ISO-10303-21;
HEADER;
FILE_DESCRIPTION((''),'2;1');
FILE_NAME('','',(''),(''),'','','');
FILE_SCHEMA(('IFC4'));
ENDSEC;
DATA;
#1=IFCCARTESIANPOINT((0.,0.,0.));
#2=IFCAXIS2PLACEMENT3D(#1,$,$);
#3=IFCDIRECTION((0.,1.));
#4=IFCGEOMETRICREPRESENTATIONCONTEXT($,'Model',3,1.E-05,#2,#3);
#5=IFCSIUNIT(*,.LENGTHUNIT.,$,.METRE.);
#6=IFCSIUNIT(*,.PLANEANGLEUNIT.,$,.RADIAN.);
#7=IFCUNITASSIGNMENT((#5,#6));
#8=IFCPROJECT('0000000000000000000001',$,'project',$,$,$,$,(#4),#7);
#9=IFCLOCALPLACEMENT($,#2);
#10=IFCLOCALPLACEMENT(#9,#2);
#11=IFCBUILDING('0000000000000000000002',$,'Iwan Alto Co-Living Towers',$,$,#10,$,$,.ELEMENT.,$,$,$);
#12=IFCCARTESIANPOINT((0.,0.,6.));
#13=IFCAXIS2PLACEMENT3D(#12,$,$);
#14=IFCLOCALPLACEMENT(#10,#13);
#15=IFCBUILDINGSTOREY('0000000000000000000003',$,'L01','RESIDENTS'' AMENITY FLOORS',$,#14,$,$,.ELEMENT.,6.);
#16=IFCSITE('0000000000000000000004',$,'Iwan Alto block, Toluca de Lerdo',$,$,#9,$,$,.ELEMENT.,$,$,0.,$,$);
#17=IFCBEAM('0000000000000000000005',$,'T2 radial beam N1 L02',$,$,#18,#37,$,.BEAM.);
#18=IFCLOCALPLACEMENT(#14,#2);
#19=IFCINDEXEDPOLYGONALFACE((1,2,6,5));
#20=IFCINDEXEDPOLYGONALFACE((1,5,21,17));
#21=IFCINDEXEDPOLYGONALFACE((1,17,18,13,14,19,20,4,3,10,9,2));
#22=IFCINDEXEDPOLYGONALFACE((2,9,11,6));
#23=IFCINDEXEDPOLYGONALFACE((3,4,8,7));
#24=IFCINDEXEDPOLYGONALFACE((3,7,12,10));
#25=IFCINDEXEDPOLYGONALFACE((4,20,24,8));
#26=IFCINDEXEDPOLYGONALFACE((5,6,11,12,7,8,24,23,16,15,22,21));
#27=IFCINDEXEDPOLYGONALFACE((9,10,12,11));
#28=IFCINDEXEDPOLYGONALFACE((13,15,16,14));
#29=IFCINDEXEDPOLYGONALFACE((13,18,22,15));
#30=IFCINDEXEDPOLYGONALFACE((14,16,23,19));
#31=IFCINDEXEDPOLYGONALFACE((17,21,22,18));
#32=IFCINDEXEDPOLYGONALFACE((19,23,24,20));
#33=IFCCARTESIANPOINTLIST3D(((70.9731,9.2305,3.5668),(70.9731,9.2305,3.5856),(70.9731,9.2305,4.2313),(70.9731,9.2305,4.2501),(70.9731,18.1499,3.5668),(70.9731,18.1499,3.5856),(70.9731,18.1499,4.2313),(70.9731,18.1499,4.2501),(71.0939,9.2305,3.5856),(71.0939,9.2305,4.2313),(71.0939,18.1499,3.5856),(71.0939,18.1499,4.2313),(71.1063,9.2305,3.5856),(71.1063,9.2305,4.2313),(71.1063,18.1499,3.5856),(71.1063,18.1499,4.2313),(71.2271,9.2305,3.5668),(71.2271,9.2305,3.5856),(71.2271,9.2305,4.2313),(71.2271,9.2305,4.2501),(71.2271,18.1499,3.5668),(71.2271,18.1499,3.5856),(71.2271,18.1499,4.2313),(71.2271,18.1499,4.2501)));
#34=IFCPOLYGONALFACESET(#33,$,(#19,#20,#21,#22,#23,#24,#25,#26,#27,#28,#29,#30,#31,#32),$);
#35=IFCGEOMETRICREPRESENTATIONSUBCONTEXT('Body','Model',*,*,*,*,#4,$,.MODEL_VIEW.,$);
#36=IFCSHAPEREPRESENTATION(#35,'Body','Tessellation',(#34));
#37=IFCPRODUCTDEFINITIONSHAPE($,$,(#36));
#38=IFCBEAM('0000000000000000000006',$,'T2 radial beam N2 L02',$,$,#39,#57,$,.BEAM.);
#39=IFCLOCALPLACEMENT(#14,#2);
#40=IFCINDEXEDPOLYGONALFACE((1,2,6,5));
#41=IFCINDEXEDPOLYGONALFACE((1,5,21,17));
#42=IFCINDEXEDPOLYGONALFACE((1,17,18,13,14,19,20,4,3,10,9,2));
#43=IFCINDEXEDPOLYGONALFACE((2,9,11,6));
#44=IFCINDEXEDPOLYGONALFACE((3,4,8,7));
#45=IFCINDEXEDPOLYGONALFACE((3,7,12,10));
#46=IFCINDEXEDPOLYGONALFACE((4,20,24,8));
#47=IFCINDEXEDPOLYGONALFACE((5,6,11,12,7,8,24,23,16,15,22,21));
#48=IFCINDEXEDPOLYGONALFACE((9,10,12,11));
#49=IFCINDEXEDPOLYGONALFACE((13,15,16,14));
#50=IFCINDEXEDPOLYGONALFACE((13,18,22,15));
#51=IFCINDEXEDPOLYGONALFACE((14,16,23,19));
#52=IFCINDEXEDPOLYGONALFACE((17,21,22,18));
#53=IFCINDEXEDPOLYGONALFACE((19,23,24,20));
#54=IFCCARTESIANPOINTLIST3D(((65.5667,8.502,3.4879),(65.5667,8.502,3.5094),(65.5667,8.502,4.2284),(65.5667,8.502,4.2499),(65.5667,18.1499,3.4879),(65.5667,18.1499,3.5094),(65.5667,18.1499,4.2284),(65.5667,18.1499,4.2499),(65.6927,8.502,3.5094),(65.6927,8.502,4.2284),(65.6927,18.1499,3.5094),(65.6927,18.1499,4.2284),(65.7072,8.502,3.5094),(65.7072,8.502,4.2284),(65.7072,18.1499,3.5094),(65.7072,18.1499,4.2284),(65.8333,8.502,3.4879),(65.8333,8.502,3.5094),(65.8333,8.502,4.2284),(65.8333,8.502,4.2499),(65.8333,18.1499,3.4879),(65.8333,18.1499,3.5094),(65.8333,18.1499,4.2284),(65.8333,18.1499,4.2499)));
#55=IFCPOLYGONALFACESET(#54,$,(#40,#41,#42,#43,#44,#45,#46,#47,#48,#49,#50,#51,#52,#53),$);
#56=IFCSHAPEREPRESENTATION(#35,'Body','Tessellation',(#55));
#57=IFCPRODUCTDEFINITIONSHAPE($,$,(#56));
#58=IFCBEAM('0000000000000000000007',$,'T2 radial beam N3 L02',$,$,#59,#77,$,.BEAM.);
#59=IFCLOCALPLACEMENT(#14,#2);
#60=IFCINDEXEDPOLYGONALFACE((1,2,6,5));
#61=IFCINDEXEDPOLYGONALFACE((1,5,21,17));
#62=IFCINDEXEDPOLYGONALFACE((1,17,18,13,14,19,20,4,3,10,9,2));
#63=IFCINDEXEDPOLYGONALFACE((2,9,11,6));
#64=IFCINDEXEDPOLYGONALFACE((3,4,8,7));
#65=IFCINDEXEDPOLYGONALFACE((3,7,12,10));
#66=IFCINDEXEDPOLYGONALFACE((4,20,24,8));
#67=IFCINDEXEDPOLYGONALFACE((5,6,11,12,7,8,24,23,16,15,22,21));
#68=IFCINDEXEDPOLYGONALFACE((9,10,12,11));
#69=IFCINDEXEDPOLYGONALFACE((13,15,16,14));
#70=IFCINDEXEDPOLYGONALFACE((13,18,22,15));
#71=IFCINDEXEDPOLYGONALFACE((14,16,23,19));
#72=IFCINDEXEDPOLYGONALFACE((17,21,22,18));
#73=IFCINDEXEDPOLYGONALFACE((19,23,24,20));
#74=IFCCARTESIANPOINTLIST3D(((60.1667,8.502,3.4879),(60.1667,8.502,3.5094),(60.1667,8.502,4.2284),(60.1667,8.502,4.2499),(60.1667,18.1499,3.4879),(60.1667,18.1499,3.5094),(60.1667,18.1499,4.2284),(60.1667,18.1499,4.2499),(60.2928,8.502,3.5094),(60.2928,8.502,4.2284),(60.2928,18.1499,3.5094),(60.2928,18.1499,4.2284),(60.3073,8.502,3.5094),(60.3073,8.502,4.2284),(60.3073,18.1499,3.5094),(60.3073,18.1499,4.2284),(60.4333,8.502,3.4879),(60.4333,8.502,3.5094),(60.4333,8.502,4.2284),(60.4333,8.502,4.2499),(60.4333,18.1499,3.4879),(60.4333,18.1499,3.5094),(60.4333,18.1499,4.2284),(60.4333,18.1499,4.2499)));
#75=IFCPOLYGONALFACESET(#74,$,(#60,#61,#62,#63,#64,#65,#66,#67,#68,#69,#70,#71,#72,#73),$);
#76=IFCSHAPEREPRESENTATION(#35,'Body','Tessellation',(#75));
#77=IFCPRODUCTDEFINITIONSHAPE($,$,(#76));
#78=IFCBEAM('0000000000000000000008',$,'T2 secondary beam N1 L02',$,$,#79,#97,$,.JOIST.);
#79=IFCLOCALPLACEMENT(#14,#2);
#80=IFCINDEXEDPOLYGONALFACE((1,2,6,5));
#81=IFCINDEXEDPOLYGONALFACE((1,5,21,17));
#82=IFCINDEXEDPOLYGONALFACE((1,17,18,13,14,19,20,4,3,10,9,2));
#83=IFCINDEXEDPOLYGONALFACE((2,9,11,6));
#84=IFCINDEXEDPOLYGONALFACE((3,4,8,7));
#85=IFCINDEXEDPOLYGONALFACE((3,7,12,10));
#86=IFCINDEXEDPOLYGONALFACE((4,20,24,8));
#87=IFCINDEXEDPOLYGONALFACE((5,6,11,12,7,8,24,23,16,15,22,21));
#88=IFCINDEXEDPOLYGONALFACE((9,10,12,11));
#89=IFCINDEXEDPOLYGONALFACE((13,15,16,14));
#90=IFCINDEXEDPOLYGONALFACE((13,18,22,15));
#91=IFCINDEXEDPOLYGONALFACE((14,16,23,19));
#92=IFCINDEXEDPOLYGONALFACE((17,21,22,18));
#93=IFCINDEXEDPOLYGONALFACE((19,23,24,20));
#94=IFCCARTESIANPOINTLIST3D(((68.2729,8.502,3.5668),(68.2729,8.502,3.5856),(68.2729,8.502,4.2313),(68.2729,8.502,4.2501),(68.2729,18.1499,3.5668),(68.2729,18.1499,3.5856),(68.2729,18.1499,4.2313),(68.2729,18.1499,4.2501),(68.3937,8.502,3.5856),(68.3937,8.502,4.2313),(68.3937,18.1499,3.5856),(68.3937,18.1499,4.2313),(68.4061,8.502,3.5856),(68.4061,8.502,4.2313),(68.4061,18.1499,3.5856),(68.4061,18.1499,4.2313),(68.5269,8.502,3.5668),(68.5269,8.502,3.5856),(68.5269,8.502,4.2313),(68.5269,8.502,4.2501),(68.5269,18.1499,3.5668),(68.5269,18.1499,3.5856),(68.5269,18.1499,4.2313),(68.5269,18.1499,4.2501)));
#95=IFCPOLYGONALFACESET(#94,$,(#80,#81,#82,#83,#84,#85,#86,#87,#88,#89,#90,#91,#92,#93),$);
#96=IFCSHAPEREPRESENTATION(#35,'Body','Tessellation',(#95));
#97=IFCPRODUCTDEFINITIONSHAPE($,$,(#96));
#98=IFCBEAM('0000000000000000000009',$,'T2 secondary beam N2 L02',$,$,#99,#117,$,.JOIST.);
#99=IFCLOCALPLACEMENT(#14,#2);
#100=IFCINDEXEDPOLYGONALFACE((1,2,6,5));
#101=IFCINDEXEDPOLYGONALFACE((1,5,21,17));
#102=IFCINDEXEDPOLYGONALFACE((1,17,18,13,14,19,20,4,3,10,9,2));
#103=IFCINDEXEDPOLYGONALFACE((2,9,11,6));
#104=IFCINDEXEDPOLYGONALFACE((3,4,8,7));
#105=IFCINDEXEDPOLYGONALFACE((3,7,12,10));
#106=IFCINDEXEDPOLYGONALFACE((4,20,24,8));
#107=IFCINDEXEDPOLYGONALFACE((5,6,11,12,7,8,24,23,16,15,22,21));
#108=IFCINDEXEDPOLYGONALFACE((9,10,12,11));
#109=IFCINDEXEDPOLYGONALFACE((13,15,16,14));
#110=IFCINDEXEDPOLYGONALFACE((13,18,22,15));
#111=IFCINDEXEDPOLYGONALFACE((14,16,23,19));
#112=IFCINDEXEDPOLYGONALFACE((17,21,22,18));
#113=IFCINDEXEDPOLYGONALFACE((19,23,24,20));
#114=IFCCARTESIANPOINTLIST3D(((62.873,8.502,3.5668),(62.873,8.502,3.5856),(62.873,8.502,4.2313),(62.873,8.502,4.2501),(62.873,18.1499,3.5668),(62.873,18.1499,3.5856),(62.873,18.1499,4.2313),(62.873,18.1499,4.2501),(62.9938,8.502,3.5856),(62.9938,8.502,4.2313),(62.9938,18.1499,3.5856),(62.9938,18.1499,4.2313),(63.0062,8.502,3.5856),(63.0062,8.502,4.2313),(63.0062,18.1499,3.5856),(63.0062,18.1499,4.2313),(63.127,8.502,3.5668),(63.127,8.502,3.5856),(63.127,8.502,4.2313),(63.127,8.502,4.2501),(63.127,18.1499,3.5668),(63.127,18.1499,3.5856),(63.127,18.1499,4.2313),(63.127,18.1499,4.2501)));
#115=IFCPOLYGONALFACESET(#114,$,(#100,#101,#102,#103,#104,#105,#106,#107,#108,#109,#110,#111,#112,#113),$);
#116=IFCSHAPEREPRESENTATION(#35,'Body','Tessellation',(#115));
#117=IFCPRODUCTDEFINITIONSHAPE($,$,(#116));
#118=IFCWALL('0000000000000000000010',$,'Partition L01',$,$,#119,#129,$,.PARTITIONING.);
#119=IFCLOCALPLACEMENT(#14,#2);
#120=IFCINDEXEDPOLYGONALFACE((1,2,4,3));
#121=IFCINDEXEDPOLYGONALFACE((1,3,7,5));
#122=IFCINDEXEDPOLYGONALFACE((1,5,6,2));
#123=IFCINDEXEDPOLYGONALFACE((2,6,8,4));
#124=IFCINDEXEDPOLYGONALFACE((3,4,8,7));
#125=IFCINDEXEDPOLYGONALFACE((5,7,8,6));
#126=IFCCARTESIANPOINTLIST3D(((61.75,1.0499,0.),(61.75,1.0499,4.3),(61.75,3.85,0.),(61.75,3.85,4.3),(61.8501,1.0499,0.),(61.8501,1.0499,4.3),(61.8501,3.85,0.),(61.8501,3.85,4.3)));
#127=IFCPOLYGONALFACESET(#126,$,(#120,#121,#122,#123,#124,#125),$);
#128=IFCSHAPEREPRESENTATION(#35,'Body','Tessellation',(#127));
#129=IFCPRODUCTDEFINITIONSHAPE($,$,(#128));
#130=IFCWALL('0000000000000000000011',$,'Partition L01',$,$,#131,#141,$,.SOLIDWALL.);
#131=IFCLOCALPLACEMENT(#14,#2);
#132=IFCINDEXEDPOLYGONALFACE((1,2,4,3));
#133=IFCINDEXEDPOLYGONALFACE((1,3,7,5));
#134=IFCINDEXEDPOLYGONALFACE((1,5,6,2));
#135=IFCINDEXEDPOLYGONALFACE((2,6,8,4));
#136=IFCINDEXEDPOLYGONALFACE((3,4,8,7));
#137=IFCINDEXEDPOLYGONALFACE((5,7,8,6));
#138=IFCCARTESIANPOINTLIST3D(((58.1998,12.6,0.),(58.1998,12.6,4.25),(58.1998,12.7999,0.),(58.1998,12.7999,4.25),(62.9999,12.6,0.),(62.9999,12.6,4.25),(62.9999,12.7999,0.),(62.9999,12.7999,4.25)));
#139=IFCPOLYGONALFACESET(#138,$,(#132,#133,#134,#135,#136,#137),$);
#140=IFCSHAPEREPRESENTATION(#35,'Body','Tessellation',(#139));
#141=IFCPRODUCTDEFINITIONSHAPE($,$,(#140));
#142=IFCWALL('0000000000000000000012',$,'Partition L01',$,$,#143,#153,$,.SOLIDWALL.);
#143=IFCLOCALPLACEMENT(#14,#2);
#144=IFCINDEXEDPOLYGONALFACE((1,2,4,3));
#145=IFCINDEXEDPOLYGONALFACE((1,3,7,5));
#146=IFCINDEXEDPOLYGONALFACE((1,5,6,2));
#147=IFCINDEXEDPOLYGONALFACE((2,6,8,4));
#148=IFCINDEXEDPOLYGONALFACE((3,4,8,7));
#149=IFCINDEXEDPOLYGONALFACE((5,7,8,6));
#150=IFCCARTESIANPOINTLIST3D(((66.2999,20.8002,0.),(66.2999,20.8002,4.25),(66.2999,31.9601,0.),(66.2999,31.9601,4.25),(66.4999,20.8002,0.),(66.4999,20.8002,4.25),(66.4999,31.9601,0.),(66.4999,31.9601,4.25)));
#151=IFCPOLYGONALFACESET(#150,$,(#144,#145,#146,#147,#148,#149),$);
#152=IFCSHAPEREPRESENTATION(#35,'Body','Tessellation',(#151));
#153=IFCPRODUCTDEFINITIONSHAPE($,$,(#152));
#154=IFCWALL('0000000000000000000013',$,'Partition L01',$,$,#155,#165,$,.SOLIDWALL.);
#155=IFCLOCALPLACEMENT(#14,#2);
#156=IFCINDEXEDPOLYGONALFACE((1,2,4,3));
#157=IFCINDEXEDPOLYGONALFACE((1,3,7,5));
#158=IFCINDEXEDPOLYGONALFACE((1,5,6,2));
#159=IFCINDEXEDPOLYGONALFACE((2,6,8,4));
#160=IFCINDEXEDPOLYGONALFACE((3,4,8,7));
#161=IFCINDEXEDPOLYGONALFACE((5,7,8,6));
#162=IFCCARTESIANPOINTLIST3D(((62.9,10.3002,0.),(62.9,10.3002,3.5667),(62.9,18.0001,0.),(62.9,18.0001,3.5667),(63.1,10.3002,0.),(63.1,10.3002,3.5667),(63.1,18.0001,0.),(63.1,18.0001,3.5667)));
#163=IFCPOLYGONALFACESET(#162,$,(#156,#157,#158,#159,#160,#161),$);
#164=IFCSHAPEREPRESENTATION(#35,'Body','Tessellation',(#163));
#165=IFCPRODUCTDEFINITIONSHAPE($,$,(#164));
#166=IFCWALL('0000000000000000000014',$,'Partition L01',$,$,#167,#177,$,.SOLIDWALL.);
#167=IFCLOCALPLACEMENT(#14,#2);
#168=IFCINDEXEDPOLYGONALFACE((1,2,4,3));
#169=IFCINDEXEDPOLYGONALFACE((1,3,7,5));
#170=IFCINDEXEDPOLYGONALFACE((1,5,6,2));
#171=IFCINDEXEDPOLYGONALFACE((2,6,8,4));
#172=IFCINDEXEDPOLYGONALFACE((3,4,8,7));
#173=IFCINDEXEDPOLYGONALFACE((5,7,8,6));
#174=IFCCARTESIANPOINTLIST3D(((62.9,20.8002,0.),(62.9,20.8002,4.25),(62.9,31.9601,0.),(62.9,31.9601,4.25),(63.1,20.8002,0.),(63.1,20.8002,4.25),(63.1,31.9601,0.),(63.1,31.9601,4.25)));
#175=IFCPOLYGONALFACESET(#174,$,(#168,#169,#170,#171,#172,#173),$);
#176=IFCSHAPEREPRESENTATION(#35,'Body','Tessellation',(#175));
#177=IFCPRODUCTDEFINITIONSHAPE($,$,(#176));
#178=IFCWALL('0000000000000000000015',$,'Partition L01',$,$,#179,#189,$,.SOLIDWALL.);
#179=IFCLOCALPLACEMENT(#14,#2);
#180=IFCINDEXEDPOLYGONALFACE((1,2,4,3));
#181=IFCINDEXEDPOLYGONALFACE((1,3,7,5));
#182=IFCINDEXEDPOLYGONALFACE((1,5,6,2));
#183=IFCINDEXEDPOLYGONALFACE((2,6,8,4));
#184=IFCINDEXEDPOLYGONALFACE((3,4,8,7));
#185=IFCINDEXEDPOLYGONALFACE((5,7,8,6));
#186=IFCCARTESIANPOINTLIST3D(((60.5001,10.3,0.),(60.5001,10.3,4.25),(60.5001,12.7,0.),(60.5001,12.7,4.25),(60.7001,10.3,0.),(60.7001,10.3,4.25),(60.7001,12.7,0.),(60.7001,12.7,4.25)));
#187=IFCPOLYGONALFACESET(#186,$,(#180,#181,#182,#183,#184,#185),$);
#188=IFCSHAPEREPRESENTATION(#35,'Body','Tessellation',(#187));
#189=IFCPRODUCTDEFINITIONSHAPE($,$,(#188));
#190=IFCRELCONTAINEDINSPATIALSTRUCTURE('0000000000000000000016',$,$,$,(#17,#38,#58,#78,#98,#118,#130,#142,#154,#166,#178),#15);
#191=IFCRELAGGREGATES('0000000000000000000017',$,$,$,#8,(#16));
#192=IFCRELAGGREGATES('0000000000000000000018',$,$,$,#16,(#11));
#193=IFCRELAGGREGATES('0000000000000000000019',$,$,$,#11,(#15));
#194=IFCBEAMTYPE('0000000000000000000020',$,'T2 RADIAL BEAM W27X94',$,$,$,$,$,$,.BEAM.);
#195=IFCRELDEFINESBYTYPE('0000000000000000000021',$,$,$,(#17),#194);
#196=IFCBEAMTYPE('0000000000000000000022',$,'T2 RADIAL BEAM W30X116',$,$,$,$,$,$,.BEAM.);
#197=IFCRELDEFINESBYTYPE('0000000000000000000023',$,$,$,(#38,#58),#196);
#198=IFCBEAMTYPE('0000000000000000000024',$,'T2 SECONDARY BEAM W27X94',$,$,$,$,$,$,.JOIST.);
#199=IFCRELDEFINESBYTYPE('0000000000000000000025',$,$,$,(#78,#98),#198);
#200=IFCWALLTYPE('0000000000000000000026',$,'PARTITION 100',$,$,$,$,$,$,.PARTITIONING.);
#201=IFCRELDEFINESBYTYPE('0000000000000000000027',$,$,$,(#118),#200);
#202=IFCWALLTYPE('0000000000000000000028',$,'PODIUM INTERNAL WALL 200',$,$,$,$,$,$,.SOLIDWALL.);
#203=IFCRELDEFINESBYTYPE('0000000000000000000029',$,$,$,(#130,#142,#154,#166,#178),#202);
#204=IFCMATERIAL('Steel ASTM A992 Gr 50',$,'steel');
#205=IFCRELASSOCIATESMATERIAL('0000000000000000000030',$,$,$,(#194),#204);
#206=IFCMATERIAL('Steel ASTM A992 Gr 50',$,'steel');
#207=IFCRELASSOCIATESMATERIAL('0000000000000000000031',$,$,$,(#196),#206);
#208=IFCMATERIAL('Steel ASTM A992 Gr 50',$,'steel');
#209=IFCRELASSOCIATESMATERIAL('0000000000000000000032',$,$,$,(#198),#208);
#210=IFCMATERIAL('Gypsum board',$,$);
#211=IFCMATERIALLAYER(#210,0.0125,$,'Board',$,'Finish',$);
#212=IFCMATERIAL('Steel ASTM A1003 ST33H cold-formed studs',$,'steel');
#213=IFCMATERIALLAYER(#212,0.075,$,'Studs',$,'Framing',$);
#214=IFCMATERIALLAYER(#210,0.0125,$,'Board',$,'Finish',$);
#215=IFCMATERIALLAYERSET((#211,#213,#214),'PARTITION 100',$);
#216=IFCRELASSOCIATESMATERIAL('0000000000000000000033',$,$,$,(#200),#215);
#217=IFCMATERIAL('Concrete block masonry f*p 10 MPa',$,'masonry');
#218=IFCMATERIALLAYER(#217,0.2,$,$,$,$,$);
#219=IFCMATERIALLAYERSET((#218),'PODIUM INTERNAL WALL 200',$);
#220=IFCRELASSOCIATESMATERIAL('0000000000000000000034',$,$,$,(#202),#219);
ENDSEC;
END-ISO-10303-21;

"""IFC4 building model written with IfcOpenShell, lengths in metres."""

from ifc_helpers import new_model, si_unit, direction, frame, frame_2d, origin, origin_2d, place, context, subcontext, project, spatial, rectangle, i_section, extrude, material, layer, layer_set, material_profile, profile_set, type_object, element, save


model = new_model("IFC4")

# Units and contexts
model_context = context("Model", 3, precision=1e-05, world=origin(), true_north=direction((0.0, 1.0)))
body_context = subcontext(model_context, "Body", "Model", "MODEL_VIEW")
ifc_project = project(units=[si_unit("LENGTHUNIT", "METRE"), si_unit("PLANEANGLEUNIT", "RADIAN")], contexts=[model_context])

# Site, building, storey
site_placement = place(None, origin())
site = spatial("IfcSite", under=ifc_project, at=site_placement, Name="Iwan Alto block, Toluca de Lerdo", CompositionType="ELEMENT", RefElevation=0.0)
building_placement = place(site_placement, origin())
building = spatial("IfcBuilding", under=site, at=building_placement, Name="Iwan Alto Co-Living Towers", CompositionType="ELEMENT")
storey_placement = place(building_placement, frame((0.0, 0.0, 6.0)))
storey = spatial("IfcBuildingStorey", under=building, at=storey_placement, Name="L01", Description="RESIDENTS' AMENITY FLOORS", CompositionType="ELEMENT", Elevation=6.0)

# Beams
ifc_material_1 = material(Name="Steel ASTM A992 Gr 50", Category="steel")
ifc_material_profile_1 = material_profile(ifc_material_1, i_section(OverallWidth=0.2539, OverallDepth=0.6833, WebThickness=0.0125, FlangeThickness=0.0188, at=origin_2d()), Name="W27X94")
ifc_profile_set_1 = profile_set([ifc_material_profile_1], Name="Steel ASTM A992 Gr 50")
beam_type_1 = type_object("IfcBeamType", Name="T2 RADIAL BEAM W27X94", PredefinedType="BEAM", material=ifc_profile_set_1)
beam_1_placement = place(storey_placement, frame((71.1001, 18.1499, 3.9084), z_axis=(0.0, -1.0, 0.0), x_axis=(1.0, 0.0, 0.0)))
element("IfcBeam", 1, at=beam_1_placement, inside=storey, type_object=beam_type_1, Name="T2 radial beam N1 L02", PredefinedType="BEAM", context=body_context, shape_type="SweptSolid", body=[
    extrude(i_section(OverallWidth=0.2539, OverallDepth=0.6833, WebThickness=0.0125, FlangeThickness=0.0188, at=origin_2d()), origin(), (0.0, 0.0, 1.0), 8.9194),
])
ifc_material_2 = material(Name="Steel ASTM A992 Gr 50", Category="steel")
ifc_material_profile_2 = material_profile(ifc_material_2, i_section(OverallWidth=0.2666, OverallDepth=0.762, WebThickness=0.0144, FlangeThickness=0.0215, at=origin_2d()), Name="W30X116")
ifc_profile_set_2 = profile_set([ifc_material_profile_2], Name="Steel ASTM A992 Gr 50")
beam_type_2 = type_object("IfcBeamType", Name="T2 RADIAL BEAM W30X116", PredefinedType="BEAM", material=ifc_profile_set_2)
for number, where, z_axis, x_axis, name in (
    (2, (65.7, 18.1499, 3.8689), (0.0, -1.0, 0.0), (1.0, 0.0, 0.0), "T2 radial beam N2 L02"),
    (3, (60.3, 18.1499, 3.8689), (0.0, -1.0, 0.0), (1.0, 0.0, 0.0), "T2 radial beam N3 L02"),
):
    element("IfcBeam", number, at=place(storey_placement, frame(where, z_axis=z_axis, x_axis=x_axis)), inside=storey, type_object=beam_type_2, Name=name, PredefinedType="BEAM", context=body_context, shape_type="SweptSolid", body=[
        extrude(i_section(OverallWidth=0.2666, OverallDepth=0.762, WebThickness=0.0144, FlangeThickness=0.0215, at=origin_2d()), origin(), (0.0, 0.0, 1.0), 9.6479),
    ])
ifc_material_3 = material(Name="Steel ASTM A992 Gr 50", Category="steel")
ifc_material_profile_3 = material_profile(ifc_material_3, i_section(OverallWidth=0.2539, OverallDepth=0.6833, WebThickness=0.0125, FlangeThickness=0.0188, at=origin_2d()), Name="W27X94")
ifc_profile_set_3 = profile_set([ifc_material_profile_3], Name="Steel ASTM A992 Gr 50")
beam_type_3 = type_object("IfcBeamType", Name="T2 SECONDARY BEAM W27X94", PredefinedType="JOIST", material=ifc_profile_set_3)
for number, where, z_axis, x_axis, name in (
    (4, (68.3999, 18.1499, 3.9084), (0.0, -1.0, 0.0), (1.0, 0.0, 0.0), "T2 secondary beam N1 L02"),
    (5, (63.0, 18.1499, 3.9084), (0.0, -1.0, 0.0), (1.0, 0.0, 0.0), "T2 secondary beam N2 L02"),
):
    element("IfcBeam", number, at=place(storey_placement, frame(where, z_axis=z_axis, x_axis=x_axis)), inside=storey, type_object=beam_type_3, Name=name, PredefinedType="JOIST", context=body_context, shape_type="SweptSolid", body=[
        extrude(i_section(OverallWidth=0.2539, OverallDepth=0.6833, WebThickness=0.0125, FlangeThickness=0.0188, at=origin_2d()), origin(), (0.0, 0.0, 1.0), 9.6479),
    ])

# Walls
ifc_material_4 = material(Name="Gypsum board")
ifc_layer_1 = layer(ifc_material_4, 0.0125, Name="Board", Category="Finish")
ifc_material_5 = material(Name="Steel ASTM A1003 ST33H cold-formed studs", Category="steel")
ifc_layer_2 = layer(ifc_material_5, 0.075, Name="Studs", Category="Framing")
ifc_layer_3 = layer(ifc_material_4, 0.0125, Name="Board", Category="Finish")
ifc_layer_set_1 = layer_set([ifc_layer_1, ifc_layer_2, ifc_layer_3], Name="PARTITION 100")
wall_type_1 = type_object("IfcWallType", Name="PARTITION 100", PredefinedType="PARTITIONING", material=ifc_layer_set_1)
wall_1_placement = place(storey_placement, frame((61.8, 1.05, 0.0), z_axis=(0.0, 0.0, 1.0), x_axis=(0.0, 1.0, 0.0)))
element("IfcWall", 6, at=wall_1_placement, inside=storey, type_object=wall_type_1, Name="Partition L01", PredefinedType="PARTITIONING", context=body_context, shape_type="SweptSolid", body=[
    extrude(rectangle(XDim=2.8, YDim=0.1001, at=frame_2d((1.3999, 0.0))), origin(), (0.0, 0.0, 1.0), 4.3),
])
ifc_material_6 = material(Name="Concrete block masonry f*p 10 MPa", Category="masonry")
ifc_layer_4 = layer(ifc_material_6, 0.2)
ifc_layer_set_2 = layer_set([ifc_layer_4], Name="PODIUM INTERNAL WALL 200")
wall_type_2 = type_object("IfcWallType", Name="PODIUM INTERNAL WALL 200", PredefinedType="SOLIDWALL", material=ifc_layer_set_2)
wall_2_placement = place(storey_placement, frame((58.2, 12.7, 0.0), z_axis=(0.0, 0.0, 1.0), x_axis=(1.0, 0.0, 0.0)))
element("IfcWall", 7, at=wall_2_placement, inside=storey, type_object=wall_type_2, Name="Partition L01", PredefinedType="SOLIDWALL", context=body_context, shape_type="SweptSolid", body=[
    extrude(rectangle(XDim=4.8, YDim=0.2, at=frame_2d((2.3999, 0.0))), origin(), (0.0, 0.0, 1.0), 4.25),
])
wall_3_placement = place(storey_placement, frame((66.3999, 20.8, 0.0), z_axis=(0.0, 0.0, 1.0), x_axis=(0.0, 1.0, 0.0)))
element("IfcWall", 8, at=wall_3_placement, inside=storey, type_object=wall_type_2, Name="Partition L01", PredefinedType="SOLIDWALL", context=body_context, shape_type="SweptSolid", body=[
    extrude(rectangle(XDim=11.1599, YDim=0.2, at=frame_2d((5.5801, 0.0))), origin(), (0.0, 0.0, 1.0), 4.25),
])
wall_4_placement = place(storey_placement, frame((63.0, 10.3, 0.0), z_axis=(0.0, 0.0, 1.0), x_axis=(0.0, 1.0, 0.0)))
element("IfcWall", 9, at=wall_4_placement, inside=storey, type_object=wall_type_2, Name="Partition L01", PredefinedType="SOLIDWALL", context=body_context, shape_type="SweptSolid", body=[
    extrude(rectangle(XDim=7.7, YDim=0.2, at=frame_2d((3.8501, 0.0))), origin(), (0.0, 0.0, 1.0), 3.5667),
])
wall_5_placement = place(storey_placement, frame((63.0, 20.8, 0.0), z_axis=(0.0, 0.0, 1.0), x_axis=(0.0, 1.0, 0.0)))
element("IfcWall", 10, at=wall_5_placement, inside=storey, type_object=wall_type_2, Name="Partition L01", PredefinedType="SOLIDWALL", context=body_context, shape_type="SweptSolid", body=[
    extrude(rectangle(XDim=11.1599, YDim=0.2, at=frame_2d((5.5801, 0.0))), origin(), (0.0, 0.0, 1.0), 4.25),
])
wall_6_placement = place(storey_placement, frame((60.6001, 10.3, 0.0), z_axis=(0.0, 0.0, 1.0), x_axis=(0.0, 1.0, 0.0)))
element("IfcWall", 11, at=wall_6_placement, inside=storey, type_object=wall_type_2, Name="Partition L01", PredefinedType="SOLIDWALL", context=body_context, shape_type="SweptSolid", body=[
    extrude(rectangle(XDim=2.3999, YDim=0.2, at=frame_2d((1.2, 0.0))), origin(), (0.0, 0.0, 1.0), 4.25),
])

save(model, "model.ifc")
